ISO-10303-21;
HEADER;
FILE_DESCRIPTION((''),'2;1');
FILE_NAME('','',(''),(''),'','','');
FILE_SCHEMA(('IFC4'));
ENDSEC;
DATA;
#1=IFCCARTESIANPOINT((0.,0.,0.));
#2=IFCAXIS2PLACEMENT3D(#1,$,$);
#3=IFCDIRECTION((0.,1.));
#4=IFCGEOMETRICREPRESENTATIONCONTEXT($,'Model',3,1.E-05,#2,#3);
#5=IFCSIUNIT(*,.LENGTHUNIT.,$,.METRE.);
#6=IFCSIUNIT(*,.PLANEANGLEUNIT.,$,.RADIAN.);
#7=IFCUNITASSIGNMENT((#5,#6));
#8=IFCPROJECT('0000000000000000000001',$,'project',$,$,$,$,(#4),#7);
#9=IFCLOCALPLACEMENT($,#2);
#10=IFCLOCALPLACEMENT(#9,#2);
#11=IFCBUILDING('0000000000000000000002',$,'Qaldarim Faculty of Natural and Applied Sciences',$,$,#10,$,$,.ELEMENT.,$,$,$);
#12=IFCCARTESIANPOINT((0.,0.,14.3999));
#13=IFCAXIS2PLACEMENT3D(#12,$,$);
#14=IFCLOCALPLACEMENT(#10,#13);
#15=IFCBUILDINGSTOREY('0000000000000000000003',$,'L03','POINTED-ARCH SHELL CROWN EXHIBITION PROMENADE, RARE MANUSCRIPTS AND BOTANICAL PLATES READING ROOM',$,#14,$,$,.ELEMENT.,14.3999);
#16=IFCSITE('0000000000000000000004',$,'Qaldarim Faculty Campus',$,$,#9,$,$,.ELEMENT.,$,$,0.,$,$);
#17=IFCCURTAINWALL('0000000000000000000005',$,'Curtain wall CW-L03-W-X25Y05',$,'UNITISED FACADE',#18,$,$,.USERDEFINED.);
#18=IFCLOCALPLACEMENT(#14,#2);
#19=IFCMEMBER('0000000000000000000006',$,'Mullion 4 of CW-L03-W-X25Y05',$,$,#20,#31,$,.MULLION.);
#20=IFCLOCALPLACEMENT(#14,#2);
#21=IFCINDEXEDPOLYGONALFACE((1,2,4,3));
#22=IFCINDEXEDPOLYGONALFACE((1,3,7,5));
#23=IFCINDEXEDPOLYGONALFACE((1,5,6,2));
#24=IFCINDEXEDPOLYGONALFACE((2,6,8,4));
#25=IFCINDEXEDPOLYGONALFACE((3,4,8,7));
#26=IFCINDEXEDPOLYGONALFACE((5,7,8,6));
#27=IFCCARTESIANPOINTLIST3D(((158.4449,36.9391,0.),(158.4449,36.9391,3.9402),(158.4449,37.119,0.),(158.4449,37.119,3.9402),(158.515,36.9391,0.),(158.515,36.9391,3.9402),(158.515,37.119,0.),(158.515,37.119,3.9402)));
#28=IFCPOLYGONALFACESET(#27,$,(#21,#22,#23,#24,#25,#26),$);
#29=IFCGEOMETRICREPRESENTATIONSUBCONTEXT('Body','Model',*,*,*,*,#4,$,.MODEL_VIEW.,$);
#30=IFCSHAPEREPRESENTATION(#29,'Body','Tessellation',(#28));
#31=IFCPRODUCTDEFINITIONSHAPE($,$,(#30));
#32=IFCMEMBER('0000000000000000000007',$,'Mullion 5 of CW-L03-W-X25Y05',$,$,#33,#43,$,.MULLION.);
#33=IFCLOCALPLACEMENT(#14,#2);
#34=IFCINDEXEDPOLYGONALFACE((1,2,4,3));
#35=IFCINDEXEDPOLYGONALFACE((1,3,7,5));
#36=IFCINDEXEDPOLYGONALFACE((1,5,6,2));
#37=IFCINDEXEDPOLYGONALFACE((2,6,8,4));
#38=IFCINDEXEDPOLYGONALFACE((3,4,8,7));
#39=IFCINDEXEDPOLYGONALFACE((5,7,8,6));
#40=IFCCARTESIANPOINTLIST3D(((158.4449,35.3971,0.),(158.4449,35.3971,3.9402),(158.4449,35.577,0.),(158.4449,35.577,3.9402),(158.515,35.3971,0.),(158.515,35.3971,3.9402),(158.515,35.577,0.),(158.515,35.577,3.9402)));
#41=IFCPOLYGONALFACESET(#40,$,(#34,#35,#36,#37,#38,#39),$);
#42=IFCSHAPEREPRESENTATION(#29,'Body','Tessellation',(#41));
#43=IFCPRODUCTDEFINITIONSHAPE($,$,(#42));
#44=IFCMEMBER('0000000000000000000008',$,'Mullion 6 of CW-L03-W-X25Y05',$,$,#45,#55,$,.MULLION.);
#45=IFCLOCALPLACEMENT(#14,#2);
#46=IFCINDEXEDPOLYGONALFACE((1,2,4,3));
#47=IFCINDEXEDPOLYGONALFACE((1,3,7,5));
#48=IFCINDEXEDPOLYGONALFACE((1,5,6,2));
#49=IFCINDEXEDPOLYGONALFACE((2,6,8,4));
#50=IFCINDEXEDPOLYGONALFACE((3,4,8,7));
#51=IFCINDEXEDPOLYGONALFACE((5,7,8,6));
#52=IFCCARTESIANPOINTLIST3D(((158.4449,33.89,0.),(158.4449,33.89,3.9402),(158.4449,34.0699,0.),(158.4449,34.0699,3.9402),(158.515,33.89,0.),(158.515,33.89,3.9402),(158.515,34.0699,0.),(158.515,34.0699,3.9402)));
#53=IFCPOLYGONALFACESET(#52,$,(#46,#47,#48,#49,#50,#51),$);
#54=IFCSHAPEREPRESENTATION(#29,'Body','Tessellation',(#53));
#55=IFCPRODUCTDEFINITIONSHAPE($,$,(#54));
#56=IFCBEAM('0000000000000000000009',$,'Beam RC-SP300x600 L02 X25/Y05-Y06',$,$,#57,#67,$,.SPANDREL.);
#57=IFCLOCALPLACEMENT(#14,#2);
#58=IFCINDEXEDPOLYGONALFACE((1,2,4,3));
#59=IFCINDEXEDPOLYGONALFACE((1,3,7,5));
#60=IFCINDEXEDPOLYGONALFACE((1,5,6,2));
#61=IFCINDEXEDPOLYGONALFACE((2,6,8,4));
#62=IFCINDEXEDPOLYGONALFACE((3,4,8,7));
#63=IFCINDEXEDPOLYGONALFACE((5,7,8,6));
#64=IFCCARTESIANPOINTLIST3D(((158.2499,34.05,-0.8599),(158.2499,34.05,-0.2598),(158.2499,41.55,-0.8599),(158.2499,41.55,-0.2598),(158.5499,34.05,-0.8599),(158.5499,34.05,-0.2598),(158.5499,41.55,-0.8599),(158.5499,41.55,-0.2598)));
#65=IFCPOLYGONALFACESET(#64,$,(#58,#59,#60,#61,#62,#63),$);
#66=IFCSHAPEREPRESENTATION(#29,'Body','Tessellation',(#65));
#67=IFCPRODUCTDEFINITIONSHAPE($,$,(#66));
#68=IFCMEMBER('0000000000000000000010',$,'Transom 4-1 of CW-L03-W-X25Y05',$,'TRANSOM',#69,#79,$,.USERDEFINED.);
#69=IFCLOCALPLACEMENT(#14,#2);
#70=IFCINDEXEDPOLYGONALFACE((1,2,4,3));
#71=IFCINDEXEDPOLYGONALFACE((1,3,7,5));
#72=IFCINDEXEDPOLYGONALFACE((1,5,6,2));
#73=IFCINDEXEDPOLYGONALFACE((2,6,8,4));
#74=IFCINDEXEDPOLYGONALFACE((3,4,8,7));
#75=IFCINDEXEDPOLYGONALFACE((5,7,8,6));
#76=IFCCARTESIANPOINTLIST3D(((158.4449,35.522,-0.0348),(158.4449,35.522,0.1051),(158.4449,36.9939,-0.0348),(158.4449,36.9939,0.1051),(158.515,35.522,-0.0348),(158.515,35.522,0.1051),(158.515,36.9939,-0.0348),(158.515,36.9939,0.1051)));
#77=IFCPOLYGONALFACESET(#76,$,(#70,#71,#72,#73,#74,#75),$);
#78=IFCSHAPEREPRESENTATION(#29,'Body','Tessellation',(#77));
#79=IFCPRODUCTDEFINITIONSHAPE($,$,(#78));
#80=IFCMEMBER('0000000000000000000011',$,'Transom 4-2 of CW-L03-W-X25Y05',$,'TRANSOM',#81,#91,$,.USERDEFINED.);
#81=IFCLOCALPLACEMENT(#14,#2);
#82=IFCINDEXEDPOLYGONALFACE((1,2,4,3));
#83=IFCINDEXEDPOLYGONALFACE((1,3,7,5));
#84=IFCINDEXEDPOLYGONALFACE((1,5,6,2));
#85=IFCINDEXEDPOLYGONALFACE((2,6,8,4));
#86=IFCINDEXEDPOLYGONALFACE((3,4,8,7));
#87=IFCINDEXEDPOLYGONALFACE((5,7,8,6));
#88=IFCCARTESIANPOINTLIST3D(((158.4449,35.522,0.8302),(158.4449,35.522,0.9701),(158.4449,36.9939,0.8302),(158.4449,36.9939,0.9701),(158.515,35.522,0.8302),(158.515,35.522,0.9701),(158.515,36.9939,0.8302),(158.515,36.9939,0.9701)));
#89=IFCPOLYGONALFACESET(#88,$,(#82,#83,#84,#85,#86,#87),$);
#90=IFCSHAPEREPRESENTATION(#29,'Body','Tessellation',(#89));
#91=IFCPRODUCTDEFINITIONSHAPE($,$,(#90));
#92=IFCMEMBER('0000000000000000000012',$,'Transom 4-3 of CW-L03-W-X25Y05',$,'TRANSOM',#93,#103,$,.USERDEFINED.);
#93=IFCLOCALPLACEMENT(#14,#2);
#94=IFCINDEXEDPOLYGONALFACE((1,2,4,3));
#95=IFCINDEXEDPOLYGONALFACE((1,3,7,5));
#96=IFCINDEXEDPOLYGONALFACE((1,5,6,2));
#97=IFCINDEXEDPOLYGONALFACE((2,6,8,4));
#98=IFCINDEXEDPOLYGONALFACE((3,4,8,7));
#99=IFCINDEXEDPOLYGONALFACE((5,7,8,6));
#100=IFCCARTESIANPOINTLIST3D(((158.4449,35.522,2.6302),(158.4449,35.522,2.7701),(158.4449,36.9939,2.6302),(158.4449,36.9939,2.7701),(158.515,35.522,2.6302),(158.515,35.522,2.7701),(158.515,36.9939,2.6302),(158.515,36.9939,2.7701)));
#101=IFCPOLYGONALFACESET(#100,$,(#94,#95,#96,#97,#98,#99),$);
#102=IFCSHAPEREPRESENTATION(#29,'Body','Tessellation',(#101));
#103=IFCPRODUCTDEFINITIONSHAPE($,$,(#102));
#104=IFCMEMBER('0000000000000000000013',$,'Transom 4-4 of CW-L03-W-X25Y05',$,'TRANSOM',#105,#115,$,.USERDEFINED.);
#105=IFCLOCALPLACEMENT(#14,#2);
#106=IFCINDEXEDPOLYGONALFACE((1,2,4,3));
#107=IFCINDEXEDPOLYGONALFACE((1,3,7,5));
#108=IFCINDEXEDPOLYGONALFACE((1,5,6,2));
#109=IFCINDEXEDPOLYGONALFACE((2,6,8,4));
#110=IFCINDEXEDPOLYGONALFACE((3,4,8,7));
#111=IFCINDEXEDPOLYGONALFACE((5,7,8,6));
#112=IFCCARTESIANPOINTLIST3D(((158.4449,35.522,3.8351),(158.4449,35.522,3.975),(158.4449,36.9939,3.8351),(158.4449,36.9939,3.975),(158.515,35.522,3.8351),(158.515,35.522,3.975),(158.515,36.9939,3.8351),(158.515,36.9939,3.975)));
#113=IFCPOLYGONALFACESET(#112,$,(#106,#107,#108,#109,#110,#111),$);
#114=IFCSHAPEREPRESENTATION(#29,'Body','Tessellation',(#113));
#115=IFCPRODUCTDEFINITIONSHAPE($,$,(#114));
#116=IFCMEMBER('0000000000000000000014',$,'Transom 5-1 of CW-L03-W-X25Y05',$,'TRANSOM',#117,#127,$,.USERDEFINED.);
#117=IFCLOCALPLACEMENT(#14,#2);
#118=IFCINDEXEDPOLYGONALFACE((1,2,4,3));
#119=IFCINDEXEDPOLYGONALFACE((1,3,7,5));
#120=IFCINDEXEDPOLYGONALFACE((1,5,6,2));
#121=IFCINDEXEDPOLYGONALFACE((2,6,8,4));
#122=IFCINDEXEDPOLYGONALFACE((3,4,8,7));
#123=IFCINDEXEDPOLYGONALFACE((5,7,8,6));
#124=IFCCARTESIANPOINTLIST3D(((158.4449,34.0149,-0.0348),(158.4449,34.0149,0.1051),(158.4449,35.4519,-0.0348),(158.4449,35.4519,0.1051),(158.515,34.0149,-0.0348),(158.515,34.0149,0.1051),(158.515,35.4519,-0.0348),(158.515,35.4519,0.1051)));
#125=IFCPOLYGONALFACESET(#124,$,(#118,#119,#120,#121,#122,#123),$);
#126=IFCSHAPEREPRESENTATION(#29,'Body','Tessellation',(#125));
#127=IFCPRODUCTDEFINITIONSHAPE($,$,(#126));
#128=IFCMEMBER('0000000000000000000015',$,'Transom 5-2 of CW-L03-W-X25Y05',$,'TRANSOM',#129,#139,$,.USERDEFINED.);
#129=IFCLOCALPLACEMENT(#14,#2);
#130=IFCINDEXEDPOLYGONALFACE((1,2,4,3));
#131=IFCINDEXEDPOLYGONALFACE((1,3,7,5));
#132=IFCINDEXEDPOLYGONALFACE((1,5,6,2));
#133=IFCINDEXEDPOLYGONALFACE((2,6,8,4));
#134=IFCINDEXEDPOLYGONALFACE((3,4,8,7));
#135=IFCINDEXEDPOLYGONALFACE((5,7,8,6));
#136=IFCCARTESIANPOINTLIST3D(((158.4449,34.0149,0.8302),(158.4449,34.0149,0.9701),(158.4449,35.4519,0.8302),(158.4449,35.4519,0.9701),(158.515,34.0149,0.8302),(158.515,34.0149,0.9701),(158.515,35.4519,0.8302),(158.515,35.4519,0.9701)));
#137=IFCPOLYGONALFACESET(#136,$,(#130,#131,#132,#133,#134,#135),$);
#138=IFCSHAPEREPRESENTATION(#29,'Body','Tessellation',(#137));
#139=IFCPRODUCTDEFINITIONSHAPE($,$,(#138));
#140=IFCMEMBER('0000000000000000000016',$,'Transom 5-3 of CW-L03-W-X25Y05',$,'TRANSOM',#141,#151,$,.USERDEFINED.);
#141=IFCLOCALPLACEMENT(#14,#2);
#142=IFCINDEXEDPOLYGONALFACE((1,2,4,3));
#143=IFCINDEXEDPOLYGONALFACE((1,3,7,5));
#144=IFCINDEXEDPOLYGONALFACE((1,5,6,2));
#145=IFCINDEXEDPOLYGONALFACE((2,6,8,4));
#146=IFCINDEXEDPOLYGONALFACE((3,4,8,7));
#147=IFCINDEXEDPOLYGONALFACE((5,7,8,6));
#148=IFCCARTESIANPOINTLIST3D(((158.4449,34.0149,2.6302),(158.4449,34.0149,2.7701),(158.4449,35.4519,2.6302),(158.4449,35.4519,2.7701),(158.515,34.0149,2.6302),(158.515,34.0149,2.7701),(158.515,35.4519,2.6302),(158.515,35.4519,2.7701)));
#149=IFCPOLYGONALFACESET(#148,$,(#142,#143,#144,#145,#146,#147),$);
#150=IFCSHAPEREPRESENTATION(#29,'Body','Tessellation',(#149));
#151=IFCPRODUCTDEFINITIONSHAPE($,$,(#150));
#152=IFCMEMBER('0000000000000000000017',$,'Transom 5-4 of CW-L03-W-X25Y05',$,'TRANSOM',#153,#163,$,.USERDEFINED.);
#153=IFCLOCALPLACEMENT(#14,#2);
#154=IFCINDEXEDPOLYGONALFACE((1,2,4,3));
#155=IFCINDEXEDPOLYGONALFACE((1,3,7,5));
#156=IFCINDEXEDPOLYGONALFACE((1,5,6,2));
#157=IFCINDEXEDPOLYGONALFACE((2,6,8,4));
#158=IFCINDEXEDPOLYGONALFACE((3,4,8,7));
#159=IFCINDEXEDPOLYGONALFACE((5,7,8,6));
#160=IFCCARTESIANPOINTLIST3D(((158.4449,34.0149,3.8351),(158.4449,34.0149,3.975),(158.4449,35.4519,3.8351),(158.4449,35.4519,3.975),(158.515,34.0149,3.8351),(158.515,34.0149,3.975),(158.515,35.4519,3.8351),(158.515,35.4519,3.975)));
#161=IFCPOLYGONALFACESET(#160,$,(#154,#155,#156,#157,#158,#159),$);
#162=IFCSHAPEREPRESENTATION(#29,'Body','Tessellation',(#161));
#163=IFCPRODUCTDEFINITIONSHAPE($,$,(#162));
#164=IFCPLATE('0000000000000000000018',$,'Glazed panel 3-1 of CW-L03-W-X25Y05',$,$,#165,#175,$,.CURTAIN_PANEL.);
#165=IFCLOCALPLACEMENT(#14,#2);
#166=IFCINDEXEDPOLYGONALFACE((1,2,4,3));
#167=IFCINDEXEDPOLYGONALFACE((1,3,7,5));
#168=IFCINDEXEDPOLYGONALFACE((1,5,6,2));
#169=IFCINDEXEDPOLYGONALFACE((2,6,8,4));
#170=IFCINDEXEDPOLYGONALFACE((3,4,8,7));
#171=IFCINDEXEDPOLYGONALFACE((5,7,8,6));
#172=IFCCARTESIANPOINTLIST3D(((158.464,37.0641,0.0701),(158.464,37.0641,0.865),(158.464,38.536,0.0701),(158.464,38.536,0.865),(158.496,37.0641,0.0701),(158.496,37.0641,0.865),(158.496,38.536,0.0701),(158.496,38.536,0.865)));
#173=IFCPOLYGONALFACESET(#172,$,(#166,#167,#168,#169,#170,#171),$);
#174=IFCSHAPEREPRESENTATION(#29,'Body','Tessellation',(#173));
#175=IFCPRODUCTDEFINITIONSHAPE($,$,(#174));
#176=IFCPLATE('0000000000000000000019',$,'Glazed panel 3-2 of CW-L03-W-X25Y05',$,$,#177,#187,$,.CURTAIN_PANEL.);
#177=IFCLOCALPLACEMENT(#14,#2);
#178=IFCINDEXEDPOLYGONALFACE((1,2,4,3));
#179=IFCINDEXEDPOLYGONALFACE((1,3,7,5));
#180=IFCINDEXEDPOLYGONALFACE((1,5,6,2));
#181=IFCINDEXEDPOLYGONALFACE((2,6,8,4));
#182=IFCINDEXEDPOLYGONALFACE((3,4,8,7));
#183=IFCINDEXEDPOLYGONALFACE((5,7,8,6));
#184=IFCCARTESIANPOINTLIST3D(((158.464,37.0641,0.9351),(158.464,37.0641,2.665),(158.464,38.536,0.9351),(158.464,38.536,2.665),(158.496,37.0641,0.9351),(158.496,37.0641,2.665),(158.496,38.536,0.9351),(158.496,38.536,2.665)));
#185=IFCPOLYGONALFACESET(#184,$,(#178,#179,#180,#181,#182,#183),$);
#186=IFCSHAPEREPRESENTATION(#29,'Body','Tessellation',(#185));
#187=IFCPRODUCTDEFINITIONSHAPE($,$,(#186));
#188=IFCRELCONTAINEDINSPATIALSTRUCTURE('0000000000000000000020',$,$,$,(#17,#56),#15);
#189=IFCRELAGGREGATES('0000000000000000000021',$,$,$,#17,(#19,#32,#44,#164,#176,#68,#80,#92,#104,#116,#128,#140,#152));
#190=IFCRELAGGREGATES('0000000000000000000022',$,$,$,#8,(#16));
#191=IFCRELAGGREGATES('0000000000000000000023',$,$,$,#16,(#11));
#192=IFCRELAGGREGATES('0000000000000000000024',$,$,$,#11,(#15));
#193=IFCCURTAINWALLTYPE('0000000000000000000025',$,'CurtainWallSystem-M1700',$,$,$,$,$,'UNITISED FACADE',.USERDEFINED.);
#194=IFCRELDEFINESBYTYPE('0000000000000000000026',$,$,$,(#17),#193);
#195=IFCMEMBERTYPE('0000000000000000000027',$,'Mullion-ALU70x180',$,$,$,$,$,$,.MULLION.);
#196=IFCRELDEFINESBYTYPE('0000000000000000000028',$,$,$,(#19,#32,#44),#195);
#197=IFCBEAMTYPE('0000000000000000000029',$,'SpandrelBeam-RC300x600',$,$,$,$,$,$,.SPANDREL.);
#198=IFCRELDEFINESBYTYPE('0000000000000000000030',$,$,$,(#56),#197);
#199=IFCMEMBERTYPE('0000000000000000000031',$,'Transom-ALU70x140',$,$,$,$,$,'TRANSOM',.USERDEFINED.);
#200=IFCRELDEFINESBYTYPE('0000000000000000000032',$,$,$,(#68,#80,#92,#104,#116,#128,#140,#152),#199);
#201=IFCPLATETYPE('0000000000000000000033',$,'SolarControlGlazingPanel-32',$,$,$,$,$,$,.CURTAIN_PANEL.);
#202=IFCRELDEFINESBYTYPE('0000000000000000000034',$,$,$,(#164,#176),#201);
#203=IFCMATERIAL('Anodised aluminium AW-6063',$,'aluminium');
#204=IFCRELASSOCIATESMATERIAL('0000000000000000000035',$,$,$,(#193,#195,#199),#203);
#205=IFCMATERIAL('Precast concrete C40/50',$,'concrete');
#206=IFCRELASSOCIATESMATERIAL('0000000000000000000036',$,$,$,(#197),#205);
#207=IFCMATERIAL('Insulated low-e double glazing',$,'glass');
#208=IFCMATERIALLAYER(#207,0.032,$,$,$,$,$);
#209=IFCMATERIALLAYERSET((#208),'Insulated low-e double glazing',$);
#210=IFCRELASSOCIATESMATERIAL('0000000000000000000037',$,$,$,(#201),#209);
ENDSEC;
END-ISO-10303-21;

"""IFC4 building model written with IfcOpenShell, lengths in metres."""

from ifc_helpers import new_model, si_unit, direction, frame, origin, origin_2d, place, context, subcontext, project, spatial, rectangle, extrude, material, layer, layer_set, material_profile, profile_set, type_object, element, aggregate, save


model = new_model("IFC4")

# Units and contexts
model_context = context("Model", 3, precision=1e-05, world=origin(), true_north=direction((0.0, 1.0)))
body_context = subcontext(model_context, "Body", "Model", "MODEL_VIEW")
ifc_project = project(units=[si_unit("LENGTHUNIT", "METRE"), si_unit("PLANEANGLEUNIT", "RADIAN")], contexts=[model_context])

# Site, building, storey
site_placement = place(None, origin())
site = spatial("IfcSite", under=ifc_project, at=site_placement, Name="Qaldarim Faculty Campus", CompositionType="ELEMENT", RefElevation=0.0)
building_placement = place(site_placement, origin())
building = spatial("IfcBuilding", under=site, at=building_placement, Name="Qaldarim Faculty of Natural and Applied Sciences", CompositionType="ELEMENT")
storey_placement = place(building_placement, frame((0.0, 0.0, 14.3999)))
storey = spatial("IfcBuildingStorey", under=building, at=storey_placement, Name="L03", Description="POINTED-ARCH SHELL CROWN EXHIBITION PROMENADE, RARE MANUSCRIPTS AND BOTANICAL PLATES READING ROOM", CompositionType="ELEMENT", Elevation=14.3999)

# Curtain wall, members
ifc_material_1 = material(Name="Anodised aluminium AW-6063", Category="aluminium")
curtain_wall_type = type_object("IfcCurtainWallType", Name="CurtainWallSystem-M1700", ElementType="UNITISED FACADE", PredefinedType="USERDEFINED", material=ifc_material_1)
curtain_wall_placement = place(storey_placement, origin())
curtain_wall = element("IfcCurtainWall", 1, at=curtain_wall_placement, inside=storey, type_object=curtain_wall_type, Name="Curtain wall CW-L03-W-X25Y05", ObjectType="UNITISED FACADE", PredefinedType="USERDEFINED")
ifc_material_profile_1 = material_profile(ifc_material_1, rectangle(XDim=0.0701, YDim=0.1799, at=origin_2d()), Name="ALU-M70x180")
ifc_profile_set_1 = profile_set([ifc_material_profile_1], Name="Anodised aluminium AW-6063")
member_type_1 = type_object("IfcMemberType", Name="Mullion-ALU70x180", PredefinedType="MULLION", material=ifc_profile_set_1)
member_1_placement = place(storey_placement, frame((158.48, 37.0291, 0.0), z_axis=(0.0, 0.0, 1.0), x_axis=(1.0, 0.0, 0.0)))
member_1 = element("IfcMember", 2, at=member_1_placement, type_object=member_type_1, Name="Mullion 4 of CW-L03-W-X25Y05", PredefinedType="MULLION", context=body_context, shape_type="SweptSolid", body=[
    extrude(rectangle(XDim=0.0701, YDim=0.1799, at=origin_2d()), origin(), (0.0, 0.0, 1.0), 3.9402),
])
member_2_placement = place(storey_placement, frame((158.48, 35.4871, 0.0), z_axis=(0.0, 0.0, 1.0), x_axis=(1.0, 0.0, 0.0)))
member_2 = element("IfcMember", 3, at=member_2_placement, type_object=member_type_1, Name="Mullion 5 of CW-L03-W-X25Y05", PredefinedType="MULLION", context=body_context, shape_type="SweptSolid", body=[
    extrude(rectangle(XDim=0.0701, YDim=0.1799, at=origin_2d()), origin(), (0.0, 0.0, 1.0), 3.9402),
])
member_3_placement = place(storey_placement, frame((158.48, 33.98, 0.0), z_axis=(0.0, 0.0, 1.0), x_axis=(1.0, 0.0, 0.0)))
member_3 = element("IfcMember", 4, at=member_3_placement, type_object=member_type_1, Name="Mullion 6 of CW-L03-W-X25Y05", PredefinedType="MULLION", context=body_context, shape_type="SweptSolid", body=[
    extrude(rectangle(XDim=0.0701, YDim=0.1799, at=origin_2d()), origin(), (0.0, 0.0, 1.0), 3.9402),
])

# Beam
ifc_material_2 = material(Name="Precast concrete C40/50", Category="concrete")
ifc_material_profile_2 = material_profile(ifc_material_2, rectangle(XDim=0.3, YDim=0.6001, at=origin_2d()), Name="RC-SP300x600")
ifc_profile_set_2 = profile_set([ifc_material_profile_2], Name="Precast concrete C40/50")
beam_type = type_object("IfcBeamType", Name="SpandrelBeam-RC300x600", PredefinedType="SPANDREL", material=ifc_profile_set_2)
beam_placement = place(storey_placement, frame((158.3999, 34.05, -0.5598), z_axis=(0.0, 1.0, 0.0), x_axis=(-1.0, 0.0, 0.0)))
element("IfcBeam", 5, at=beam_placement, inside=storey, type_object=beam_type, Name="Beam RC-SP300x600 L02 X25/Y05-Y06", PredefinedType="SPANDREL", context=body_context, shape_type="SweptSolid", body=[
    extrude(rectangle(XDim=0.3, YDim=0.6001, at=origin_2d()), origin(), (0.0, 0.0, 1.0), 7.5),
])

# Members
ifc_material_profile_3 = material_profile(ifc_material_1, rectangle(XDim=0.0701, YDim=0.1399, at=origin_2d()), Name="ALU-T70x140")
ifc_profile_set_3 = profile_set([ifc_material_profile_3], Name="Anodised aluminium AW-6063")
member_type_2 = type_object("IfcMemberType", Name="Transom-ALU70x140", ElementType="TRANSOM", PredefinedType="USERDEFINED", material=ifc_profile_set_3)
member_4_placement = place(storey_placement, frame((158.48, 36.9939, 0.0352), z_axis=(0.0, -1.0, 0.0), x_axis=(1.0, 0.0, 0.0)))
member_4 = element("IfcMember", 6, at=member_4_placement, type_object=member_type_2, Name="Transom 4-1 of CW-L03-W-X25Y05", ObjectType="TRANSOM", PredefinedType="USERDEFINED", context=body_context, shape_type="SweptSolid", body=[
    extrude(rectangle(XDim=0.0701, YDim=0.1399, at=origin_2d()), origin(), (0.0, 0.0, 1.0), 1.4719),
])
member_5_placement = place(storey_placement, frame((158.48, 36.9939, 0.9001), z_axis=(0.0, -1.0, 0.0), x_axis=(1.0, 0.0, 0.0)))
member_5 = element("IfcMember", 7, at=member_5_placement, type_object=member_type_2, Name="Transom 4-2 of CW-L03-W-X25Y05", ObjectType="TRANSOM", PredefinedType="USERDEFINED", context=body_context, shape_type="SweptSolid", body=[
    extrude(rectangle(XDim=0.0701, YDim=0.1399, at=origin_2d()), origin(), (0.0, 0.0, 1.0), 1.4719),
])
member_6_placement = place(storey_placement, frame((158.48, 36.9939, 2.7002), z_axis=(0.0, -1.0, 0.0), x_axis=(1.0, 0.0, 0.0)))
member_6 = element("IfcMember", 8, at=member_6_placement, type_object=member_type_2, Name="Transom 4-3 of CW-L03-W-X25Y05", ObjectType="TRANSOM", PredefinedType="USERDEFINED", context=body_context, shape_type="SweptSolid", body=[
    extrude(rectangle(XDim=0.0701, YDim=0.1399, at=origin_2d()), origin(), (0.0, 0.0, 1.0), 1.4719),
])
member_7_placement = place(storey_placement, frame((158.48, 36.9939, 3.905), z_axis=(0.0, -1.0, 0.0), x_axis=(1.0, 0.0, 0.0)))
member_7 = element("IfcMember", 9, at=member_7_placement, type_object=member_type_2, Name="Transom 4-4 of CW-L03-W-X25Y05", ObjectType="TRANSOM", PredefinedType="USERDEFINED", context=body_context, shape_type="SweptSolid", body=[
    extrude(rectangle(XDim=0.0701, YDim=0.1399, at=origin_2d()), origin(), (0.0, 0.0, 1.0), 1.4719),
])
member_8_placement = place(storey_placement, frame((158.48, 35.4519, 0.0352), z_axis=(0.0, -1.0, 0.0), x_axis=(1.0, 0.0, 0.0)))
member_8 = element("IfcMember", 10, at=member_8_placement, type_object=member_type_2, Name="Transom 5-1 of CW-L03-W-X25Y05", ObjectType="TRANSOM", PredefinedType="USERDEFINED", context=body_context, shape_type="SweptSolid", body=[
    extrude(rectangle(XDim=0.0701, YDim=0.1399, at=origin_2d()), origin(), (0.0, 0.0, 1.0), 1.437),
])
member_9_placement = place(storey_placement, frame((158.48, 35.4519, 0.9001), z_axis=(0.0, -1.0, 0.0), x_axis=(1.0, 0.0, 0.0)))
member_9 = element("IfcMember", 11, at=member_9_placement, type_object=member_type_2, Name="Transom 5-2 of CW-L03-W-X25Y05", ObjectType="TRANSOM", PredefinedType="USERDEFINED", context=body_context, shape_type="SweptSolid", body=[
    extrude(rectangle(XDim=0.0701, YDim=0.1399, at=origin_2d()), origin(), (0.0, 0.0, 1.0), 1.437),
])
member_10_placement = place(storey_placement, frame((158.48, 35.4519, 2.7002), z_axis=(0.0, -1.0, 0.0), x_axis=(1.0, 0.0, 0.0)))
member_10 = element("IfcMember", 12, at=member_10_placement, type_object=member_type_2, Name="Transom 5-3 of CW-L03-W-X25Y05", ObjectType="TRANSOM", PredefinedType="USERDEFINED", context=body_context, shape_type="SweptSolid", body=[
    extrude(rectangle(XDim=0.0701, YDim=0.1399, at=origin_2d()), origin(), (0.0, 0.0, 1.0), 1.437),
])
member_11_placement = place(storey_placement, frame((158.48, 35.4519, 3.905), z_axis=(0.0, -1.0, 0.0), x_axis=(1.0, 0.0, 0.0)))
member_11 = element("IfcMember", 13, at=member_11_placement, type_object=member_type_2, Name="Transom 5-4 of CW-L03-W-X25Y05", ObjectType="TRANSOM", PredefinedType="USERDEFINED", context=body_context, shape_type="SweptSolid", body=[
    extrude(rectangle(XDim=0.0701, YDim=0.1399, at=origin_2d()), origin(), (0.0, 0.0, 1.0), 1.437),
])

# Plates
ifc_material_3 = material(Name="Insulated low-e double glazing", Category="glass")
ifc_layer_1 = layer(ifc_material_3, 0.032)
ifc_layer_set_1 = layer_set([ifc_layer_1], Name="Insulated low-e double glazing")
plate_type = type_object("IfcPlateType", Name="SolarControlGlazingPanel-32", PredefinedType="CURTAIN_PANEL", material=ifc_layer_set_1)
plate_1_placement = place(storey_placement, frame((158.48, 37.8, 0.0701), z_axis=(0.0, 0.0, 1.0), x_axis=(0.0, -1.0, 0.0)))
plate_1 = element("IfcPlate", 14, at=plate_1_placement, type_object=plate_type, Name="Glazed panel 3-1 of CW-L03-W-X25Y05", PredefinedType="CURTAIN_PANEL", context=body_context, shape_type="SweptSolid", body=[
    extrude(rectangle(XDim=1.4719, YDim=0.032, at=origin_2d()), origin(), (0.0, 0.0, 1.0), 0.7949),
])
plate_2_placement = place(storey_placement, frame((158.48, 37.8, 0.9351), z_axis=(0.0, 0.0, 1.0), x_axis=(0.0, -1.0, 0.0)))
plate_2 = element("IfcPlate", 15, at=plate_2_placement, type_object=plate_type, Name="Glazed panel 3-2 of CW-L03-W-X25Y05", PredefinedType="CURTAIN_PANEL", context=body_context, shape_type="SweptSolid", body=[
    extrude(rectangle(XDim=1.4719, YDim=0.032, at=origin_2d()), origin(), (0.0, 0.0, 1.0), 1.73),
])
aggregate(curtain_wall, [member_1, member_2, member_3, plate_1, plate_2, member_4, member_5, member_6, member_7, member_8, member_9, member_10, member_11])

save(model, "model.ifc")
